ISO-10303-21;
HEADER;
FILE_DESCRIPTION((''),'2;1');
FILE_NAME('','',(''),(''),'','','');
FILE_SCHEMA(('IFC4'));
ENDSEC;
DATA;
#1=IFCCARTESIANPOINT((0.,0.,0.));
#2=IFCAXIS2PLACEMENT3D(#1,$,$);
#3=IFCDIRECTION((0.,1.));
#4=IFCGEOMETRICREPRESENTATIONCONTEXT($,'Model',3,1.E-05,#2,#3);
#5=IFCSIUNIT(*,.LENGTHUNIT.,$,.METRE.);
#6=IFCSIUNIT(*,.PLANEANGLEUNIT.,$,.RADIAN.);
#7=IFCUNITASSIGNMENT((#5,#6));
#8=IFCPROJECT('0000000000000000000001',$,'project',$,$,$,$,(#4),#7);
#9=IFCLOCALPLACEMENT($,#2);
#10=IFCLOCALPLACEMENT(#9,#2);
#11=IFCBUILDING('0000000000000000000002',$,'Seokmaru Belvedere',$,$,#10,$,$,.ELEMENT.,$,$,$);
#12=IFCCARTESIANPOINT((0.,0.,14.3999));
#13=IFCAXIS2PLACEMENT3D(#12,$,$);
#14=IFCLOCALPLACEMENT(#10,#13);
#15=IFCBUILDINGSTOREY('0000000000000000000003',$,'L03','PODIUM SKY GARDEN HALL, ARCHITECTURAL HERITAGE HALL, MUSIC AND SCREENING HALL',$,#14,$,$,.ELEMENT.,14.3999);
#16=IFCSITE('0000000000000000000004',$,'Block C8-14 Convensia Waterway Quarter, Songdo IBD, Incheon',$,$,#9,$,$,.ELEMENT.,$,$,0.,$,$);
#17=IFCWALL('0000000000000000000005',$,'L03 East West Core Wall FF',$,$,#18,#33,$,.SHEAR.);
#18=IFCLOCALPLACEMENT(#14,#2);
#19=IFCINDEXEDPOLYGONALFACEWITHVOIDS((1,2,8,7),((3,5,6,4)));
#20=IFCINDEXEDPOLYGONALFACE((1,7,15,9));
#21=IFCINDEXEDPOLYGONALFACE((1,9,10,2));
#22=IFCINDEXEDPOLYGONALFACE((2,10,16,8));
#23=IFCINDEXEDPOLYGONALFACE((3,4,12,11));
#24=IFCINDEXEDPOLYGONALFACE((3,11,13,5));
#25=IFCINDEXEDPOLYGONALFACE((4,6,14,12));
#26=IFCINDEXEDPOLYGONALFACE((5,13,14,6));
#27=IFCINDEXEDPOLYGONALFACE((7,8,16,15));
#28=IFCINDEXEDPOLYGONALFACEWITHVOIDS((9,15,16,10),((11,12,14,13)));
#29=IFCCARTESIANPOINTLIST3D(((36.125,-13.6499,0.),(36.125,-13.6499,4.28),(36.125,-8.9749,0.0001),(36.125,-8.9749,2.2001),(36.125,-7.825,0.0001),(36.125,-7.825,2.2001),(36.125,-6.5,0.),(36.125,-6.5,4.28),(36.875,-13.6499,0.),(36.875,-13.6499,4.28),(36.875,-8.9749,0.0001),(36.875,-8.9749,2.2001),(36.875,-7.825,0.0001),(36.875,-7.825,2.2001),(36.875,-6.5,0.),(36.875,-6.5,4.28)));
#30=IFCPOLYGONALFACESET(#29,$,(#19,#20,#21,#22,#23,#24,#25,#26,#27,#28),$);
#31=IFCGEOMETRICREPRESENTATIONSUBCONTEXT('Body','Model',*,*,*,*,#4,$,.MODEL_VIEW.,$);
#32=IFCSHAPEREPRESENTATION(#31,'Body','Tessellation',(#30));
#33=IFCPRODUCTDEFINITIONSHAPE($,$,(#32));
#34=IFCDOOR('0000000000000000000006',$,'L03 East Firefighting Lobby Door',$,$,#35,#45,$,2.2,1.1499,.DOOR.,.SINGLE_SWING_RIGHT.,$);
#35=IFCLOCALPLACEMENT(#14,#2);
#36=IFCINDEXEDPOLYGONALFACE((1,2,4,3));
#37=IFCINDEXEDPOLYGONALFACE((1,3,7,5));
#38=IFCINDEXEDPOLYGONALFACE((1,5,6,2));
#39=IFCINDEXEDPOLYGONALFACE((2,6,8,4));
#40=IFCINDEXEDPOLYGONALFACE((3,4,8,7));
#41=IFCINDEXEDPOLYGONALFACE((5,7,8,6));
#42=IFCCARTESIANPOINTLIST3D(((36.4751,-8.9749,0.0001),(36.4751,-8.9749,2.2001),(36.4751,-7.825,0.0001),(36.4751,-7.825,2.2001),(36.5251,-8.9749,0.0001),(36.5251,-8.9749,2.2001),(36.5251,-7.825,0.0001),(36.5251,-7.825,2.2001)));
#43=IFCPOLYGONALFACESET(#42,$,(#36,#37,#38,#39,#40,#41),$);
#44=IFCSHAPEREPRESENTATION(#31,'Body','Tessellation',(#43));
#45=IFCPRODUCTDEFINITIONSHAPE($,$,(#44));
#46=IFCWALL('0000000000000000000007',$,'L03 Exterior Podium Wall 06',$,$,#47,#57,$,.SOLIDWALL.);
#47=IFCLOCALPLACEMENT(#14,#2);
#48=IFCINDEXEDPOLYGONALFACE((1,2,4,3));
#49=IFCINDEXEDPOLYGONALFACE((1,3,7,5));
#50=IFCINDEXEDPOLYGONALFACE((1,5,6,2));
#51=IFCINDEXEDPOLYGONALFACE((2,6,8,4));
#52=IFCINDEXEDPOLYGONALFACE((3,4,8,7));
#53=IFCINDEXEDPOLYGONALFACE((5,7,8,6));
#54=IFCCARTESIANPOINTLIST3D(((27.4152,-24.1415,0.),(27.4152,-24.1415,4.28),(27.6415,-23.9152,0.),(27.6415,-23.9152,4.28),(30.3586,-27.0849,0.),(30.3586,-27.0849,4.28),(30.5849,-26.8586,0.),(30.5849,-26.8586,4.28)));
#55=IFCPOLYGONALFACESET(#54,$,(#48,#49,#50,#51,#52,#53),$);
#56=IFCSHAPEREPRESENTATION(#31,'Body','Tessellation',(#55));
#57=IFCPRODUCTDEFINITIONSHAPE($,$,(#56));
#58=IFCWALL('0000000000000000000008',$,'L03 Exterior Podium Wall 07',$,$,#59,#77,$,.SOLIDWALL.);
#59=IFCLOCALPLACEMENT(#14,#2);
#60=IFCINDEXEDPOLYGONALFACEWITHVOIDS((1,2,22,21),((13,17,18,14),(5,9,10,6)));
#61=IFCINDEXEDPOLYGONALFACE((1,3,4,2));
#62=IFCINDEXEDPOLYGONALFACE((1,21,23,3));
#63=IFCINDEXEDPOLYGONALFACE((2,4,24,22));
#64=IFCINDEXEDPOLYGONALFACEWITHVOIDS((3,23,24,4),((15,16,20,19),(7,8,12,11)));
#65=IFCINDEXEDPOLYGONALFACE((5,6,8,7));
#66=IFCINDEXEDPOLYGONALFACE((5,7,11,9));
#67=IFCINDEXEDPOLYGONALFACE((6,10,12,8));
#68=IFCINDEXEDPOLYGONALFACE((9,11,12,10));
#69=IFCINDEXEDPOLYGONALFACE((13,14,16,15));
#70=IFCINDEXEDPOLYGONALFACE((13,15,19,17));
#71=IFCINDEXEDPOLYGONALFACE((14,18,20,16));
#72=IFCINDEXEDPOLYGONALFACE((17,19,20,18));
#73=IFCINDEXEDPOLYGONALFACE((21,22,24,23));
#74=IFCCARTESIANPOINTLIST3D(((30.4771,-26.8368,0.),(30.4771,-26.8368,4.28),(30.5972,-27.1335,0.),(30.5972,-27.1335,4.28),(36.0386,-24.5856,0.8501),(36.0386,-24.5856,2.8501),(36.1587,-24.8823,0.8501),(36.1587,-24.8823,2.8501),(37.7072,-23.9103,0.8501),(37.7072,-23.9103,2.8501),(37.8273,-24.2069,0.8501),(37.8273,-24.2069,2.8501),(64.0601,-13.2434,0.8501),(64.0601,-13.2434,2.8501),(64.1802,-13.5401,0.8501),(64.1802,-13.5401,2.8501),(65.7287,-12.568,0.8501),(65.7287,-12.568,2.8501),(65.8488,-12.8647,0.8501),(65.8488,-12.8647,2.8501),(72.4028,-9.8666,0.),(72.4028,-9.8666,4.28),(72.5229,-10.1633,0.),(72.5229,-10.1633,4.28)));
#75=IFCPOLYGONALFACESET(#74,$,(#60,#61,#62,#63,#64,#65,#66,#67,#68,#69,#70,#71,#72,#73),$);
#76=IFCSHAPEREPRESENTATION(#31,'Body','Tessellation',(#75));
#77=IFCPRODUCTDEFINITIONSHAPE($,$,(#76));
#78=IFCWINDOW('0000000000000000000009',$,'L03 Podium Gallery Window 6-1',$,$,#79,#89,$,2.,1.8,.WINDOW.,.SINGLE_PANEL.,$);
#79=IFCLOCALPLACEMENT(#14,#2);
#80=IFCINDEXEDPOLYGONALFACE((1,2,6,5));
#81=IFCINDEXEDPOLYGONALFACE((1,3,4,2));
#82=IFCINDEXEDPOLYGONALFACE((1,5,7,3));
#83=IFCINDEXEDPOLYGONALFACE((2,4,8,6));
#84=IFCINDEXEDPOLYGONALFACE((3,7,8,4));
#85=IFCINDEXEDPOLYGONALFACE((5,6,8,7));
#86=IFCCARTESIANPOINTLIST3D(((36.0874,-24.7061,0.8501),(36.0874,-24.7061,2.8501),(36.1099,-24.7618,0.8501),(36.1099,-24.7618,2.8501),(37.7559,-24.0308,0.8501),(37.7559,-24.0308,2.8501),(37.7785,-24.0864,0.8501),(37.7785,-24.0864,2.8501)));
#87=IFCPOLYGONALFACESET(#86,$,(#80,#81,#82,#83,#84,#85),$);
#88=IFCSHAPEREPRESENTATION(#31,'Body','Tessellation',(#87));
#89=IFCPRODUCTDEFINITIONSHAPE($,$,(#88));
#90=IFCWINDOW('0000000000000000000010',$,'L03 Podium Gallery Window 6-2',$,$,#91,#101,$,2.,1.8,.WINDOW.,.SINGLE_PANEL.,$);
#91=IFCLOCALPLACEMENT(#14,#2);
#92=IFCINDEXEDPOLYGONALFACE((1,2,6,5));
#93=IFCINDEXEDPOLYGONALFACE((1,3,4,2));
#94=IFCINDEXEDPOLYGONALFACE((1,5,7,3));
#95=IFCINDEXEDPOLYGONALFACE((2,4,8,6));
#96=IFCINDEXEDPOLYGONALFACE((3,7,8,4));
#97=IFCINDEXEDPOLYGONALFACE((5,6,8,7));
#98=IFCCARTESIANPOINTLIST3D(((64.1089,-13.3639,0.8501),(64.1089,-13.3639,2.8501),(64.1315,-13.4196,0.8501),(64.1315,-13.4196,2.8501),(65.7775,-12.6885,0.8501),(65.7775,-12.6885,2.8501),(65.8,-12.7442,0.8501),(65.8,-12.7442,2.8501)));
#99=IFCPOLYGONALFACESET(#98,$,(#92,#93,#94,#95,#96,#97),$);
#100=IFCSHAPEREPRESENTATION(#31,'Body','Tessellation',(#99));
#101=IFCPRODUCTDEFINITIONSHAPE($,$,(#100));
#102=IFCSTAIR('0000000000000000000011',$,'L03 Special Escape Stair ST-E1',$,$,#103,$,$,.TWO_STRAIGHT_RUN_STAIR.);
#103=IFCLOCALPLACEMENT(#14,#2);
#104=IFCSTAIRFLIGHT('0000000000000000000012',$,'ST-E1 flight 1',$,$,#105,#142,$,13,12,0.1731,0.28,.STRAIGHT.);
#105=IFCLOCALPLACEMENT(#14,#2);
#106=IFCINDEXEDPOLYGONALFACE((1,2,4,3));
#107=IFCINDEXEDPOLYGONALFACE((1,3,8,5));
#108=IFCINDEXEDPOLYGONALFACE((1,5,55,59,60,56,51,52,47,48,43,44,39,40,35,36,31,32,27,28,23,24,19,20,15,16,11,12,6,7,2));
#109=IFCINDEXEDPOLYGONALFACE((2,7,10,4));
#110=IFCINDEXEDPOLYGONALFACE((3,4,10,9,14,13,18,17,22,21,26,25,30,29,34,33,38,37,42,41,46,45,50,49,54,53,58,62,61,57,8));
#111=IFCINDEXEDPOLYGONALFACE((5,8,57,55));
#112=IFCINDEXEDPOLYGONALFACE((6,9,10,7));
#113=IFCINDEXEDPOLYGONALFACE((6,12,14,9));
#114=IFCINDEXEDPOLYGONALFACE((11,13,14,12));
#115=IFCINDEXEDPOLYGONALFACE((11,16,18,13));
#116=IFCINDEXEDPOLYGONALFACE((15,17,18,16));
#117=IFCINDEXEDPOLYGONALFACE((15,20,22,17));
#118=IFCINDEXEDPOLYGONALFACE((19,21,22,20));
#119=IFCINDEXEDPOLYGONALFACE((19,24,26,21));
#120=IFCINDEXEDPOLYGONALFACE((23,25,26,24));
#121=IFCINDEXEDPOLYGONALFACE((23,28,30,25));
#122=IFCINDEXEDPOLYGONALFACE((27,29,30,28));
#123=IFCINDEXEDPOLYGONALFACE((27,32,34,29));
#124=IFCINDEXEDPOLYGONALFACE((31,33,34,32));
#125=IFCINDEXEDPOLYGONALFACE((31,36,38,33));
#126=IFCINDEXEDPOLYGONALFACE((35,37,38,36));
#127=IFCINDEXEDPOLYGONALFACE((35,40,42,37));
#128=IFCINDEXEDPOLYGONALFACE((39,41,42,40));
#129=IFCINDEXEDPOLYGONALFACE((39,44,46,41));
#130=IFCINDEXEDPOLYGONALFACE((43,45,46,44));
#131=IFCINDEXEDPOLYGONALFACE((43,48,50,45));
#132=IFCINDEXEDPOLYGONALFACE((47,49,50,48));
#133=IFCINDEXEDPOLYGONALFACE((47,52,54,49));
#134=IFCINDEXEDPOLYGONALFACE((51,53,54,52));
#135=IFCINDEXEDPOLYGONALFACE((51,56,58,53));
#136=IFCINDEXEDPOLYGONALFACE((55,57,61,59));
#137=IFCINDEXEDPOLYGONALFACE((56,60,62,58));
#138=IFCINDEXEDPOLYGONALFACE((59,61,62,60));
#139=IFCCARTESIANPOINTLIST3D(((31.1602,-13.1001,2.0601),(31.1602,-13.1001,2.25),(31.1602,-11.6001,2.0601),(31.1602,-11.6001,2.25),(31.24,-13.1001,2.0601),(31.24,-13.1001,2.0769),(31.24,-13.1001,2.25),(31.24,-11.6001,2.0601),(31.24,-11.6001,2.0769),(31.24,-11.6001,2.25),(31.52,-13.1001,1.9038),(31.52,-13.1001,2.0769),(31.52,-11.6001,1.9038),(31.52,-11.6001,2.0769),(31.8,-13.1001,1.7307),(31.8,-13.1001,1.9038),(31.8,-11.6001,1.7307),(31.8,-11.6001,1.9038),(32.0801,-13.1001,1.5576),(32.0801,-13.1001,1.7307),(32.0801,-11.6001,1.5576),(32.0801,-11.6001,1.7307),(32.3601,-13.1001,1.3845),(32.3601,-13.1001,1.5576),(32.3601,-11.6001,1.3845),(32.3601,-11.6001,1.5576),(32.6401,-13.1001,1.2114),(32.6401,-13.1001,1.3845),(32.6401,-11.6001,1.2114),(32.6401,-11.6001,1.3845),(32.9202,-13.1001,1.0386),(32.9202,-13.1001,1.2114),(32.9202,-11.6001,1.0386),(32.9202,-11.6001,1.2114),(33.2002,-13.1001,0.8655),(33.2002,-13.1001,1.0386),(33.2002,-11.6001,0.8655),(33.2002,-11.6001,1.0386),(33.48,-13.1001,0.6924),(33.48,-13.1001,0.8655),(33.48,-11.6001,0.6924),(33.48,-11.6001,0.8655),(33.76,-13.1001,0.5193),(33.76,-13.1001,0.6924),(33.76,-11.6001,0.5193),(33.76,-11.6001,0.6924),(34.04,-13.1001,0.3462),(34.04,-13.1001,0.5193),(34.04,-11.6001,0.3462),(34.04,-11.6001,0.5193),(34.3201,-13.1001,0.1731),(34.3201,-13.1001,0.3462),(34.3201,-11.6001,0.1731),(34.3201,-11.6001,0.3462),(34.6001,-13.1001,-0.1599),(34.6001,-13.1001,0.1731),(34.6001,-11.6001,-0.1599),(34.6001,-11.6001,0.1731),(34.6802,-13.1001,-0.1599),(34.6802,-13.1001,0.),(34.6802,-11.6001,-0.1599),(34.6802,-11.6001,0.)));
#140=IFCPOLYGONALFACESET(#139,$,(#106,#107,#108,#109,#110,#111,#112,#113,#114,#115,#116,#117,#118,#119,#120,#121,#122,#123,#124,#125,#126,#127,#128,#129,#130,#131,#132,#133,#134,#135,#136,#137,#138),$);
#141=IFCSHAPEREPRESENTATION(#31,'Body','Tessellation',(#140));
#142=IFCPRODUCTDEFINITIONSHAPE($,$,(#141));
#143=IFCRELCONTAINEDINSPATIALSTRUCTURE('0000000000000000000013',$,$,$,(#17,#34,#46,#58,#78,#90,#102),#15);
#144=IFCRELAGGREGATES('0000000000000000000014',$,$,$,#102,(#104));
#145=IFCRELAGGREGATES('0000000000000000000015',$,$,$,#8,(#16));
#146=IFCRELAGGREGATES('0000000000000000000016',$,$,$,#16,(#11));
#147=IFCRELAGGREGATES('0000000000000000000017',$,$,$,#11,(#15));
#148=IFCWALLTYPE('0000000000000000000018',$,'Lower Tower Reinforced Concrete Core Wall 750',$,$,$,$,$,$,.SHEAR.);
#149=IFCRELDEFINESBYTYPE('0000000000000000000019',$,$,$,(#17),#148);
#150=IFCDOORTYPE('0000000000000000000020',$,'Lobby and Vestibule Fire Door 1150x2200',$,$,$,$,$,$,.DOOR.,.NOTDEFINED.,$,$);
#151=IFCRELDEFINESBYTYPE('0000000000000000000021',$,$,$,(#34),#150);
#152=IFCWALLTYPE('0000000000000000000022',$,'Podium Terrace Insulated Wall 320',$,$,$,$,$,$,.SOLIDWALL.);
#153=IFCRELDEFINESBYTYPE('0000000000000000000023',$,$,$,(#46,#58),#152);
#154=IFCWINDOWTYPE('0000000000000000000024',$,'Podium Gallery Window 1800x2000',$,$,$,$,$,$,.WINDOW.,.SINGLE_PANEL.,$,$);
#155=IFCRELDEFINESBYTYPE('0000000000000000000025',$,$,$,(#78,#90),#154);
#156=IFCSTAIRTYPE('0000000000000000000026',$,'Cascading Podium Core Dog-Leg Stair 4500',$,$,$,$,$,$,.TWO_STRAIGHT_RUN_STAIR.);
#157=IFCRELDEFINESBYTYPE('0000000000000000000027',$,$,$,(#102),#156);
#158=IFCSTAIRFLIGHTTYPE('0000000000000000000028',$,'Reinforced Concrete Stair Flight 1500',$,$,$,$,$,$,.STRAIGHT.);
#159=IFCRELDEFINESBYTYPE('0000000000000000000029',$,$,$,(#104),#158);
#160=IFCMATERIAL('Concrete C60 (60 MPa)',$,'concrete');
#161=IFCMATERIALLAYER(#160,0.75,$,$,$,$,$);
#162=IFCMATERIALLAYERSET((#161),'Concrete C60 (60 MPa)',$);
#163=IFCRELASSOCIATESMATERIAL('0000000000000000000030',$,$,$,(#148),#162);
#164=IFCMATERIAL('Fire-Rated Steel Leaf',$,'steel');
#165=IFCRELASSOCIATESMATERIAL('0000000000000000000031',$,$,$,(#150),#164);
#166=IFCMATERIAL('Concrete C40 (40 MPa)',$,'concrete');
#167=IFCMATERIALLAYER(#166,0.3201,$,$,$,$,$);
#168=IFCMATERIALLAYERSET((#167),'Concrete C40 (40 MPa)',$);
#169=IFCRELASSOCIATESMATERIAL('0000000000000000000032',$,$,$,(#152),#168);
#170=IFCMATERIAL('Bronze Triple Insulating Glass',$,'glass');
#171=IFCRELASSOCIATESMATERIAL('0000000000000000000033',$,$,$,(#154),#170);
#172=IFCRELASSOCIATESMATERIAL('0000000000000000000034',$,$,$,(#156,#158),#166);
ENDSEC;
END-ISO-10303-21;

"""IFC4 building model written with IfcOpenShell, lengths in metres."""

from ifc_helpers import new_model, si_unit, direction, frame, frame_2d, origin, place, context, subcontext, project, spatial, polyline, rectangle, outline, extrude, source, transform, mapped, material, layer, layer_set, type_object, type_shapes, element, fill, aggregate, save


model = new_model("IFC4")

# Units and contexts
model_context = context("Model", 3, precision=1e-05, world=origin(), true_north=direction((0.0, 1.0)))
body_context = subcontext(model_context, "Body", "Model", "MODEL_VIEW")
ifc_project = project(units=[si_unit("LENGTHUNIT", "METRE"), si_unit("PLANEANGLEUNIT", "RADIAN")], contexts=[model_context])

# Site, building, storey
site_placement = place(None, origin())
site = spatial("IfcSite", under=ifc_project, at=site_placement, Name="Block C8-14 Convensia Waterway Quarter, Songdo IBD, Incheon", CompositionType="ELEMENT", RefElevation=0.0)
building_placement = place(site_placement, origin())
building = spatial("IfcBuilding", under=site, at=building_placement, Name="Seokmaru Belvedere", CompositionType="ELEMENT")
storey_placement = place(building_placement, frame((0.0, 0.0, 14.3999)))
storey = spatial("IfcBuildingStorey", under=building, at=storey_placement, Name="L03", Description="PODIUM SKY GARDEN HALL, ARCHITECTURAL HERITAGE HALL, MUSIC AND SCREENING HALL", CompositionType="ELEMENT", Elevation=14.3999)

# Wall, opening, door
ifc_material_1 = material(Name="Concrete C60 (60 MPa)", Category="concrete")
ifc_layer_1 = layer(ifc_material_1, 0.75)
ifc_layer_set_1 = layer_set([ifc_layer_1], Name="Concrete C60 (60 MPa)")
wall_type_1 = type_object("IfcWallType", Name="Lower Tower Reinforced Concrete Core Wall 750", PredefinedType="SHEAR", material=ifc_layer_set_1)
wall_1_placement = place(storey_placement, frame((36.5, -13.6499, 0.0), z_axis=(0.0, 0.0, 1.0), x_axis=(0.0, 1.0, 0.0)))
wall_1 = element("IfcWall", 1, at=wall_1_placement, inside=storey, type_object=wall_type_1, Name="L03 East West Core Wall FF", PredefinedType="SHEAR", context=body_context, shape_type="SweptSolid", body=[
    extrude(rectangle(XDim=7.1499, YDim=0.75, at=frame_2d((3.575, 0.0))), origin(), (0.0, 0.0, 1.0), 4.28),
])
opening_1_placement = place(wall_1_placement, frame((4.675, 0.0, 0.0)))
opening_1 = element("IfcOpeningElement", 2, at=opening_1_placement, cuts=wall_1, PredefinedType="OPENING", context=body_context, shape_type="SweptSolid", body=[
    extrude(rectangle(XDim=1.1499, YDim=2.2, at=frame_2d((0.575, 1.1001))), frame((0.0, 0.385, 0.0), z_axis=(0.0, -1.0, 0.0), x_axis=(1.0, 0.0, 0.0)), (0.0, 0.0, 1.0), 0.77),
])
ifc_material_2 = material(Name="Fire-Rated Steel Leaf", Category="steel")
door_type_1 = type_object("IfcDoorType", Name="Lobby and Vestibule Fire Door 1150x2200", OperationType="NOTDEFINED", PredefinedType="DOOR", material=ifc_material_2)
shared_shape_1 = source(origin(), body_context, "Body", "SweptSolid", [
    extrude(rectangle(XDim=1.1499, YDim=2.2, at=frame_2d((0.575, 1.1001))), frame((0.0, 0.0249, 0.0), z_axis=(0.0, -1.0, 0.0), x_axis=(1.0, 0.0, 0.0)), (0.0, 0.0, 1.0), 0.05),
])
type_shapes(door_type_1, [shared_shape_1])
door_1_placement = place(opening_1_placement, origin())
door_1 = element("IfcDoor", 3, at=door_1_placement, inside=storey, type_object=door_type_1, Name="L03 East Firefighting Lobby Door", OperationType="SINGLE_SWING_RIGHT", OverallHeight=2.2, OverallWidth=1.1499, PredefinedType="DOOR", context=body_context, shape_type="MappedRepresentation", body=[
    mapped(shared_shape_1, transform((0.0, 0.0, 0.0), scale=1.0)),
])
fill(opening_1, door_1)

# Wall
ifc_material_3 = material(Name="Concrete C40 (40 MPa)", Category="concrete")
ifc_layer_2 = layer(ifc_material_3, 0.3201)
ifc_layer_set_2 = layer_set([ifc_layer_2], Name="Concrete C40 (40 MPa)")
wall_type_2 = type_object("IfcWallType", Name="Podium Terrace Insulated Wall 320", PredefinedType="SOLIDWALL", material=ifc_layer_set_2)
wall_2_placement = place(storey_placement, frame((27.5283, -24.0283, 0.0), z_axis=(0.0, 0.0, 1.0), x_axis=(0.707107, -0.707107, 0.0)))
element("IfcWall", 4, at=wall_2_placement, inside=storey, type_object=wall_type_2, Name="L03 Exterior Podium Wall 06", PredefinedType="SOLIDWALL", context=body_context, shape_type="SweptSolid", body=[
    extrude(rectangle(XDim=4.1626, YDim=0.3201, at=frame_2d((2.0813, 0.0))), origin(), (0.0, 0.0, 1.0), 4.28),
])

# Wall, openings, windows
wall_3_placement = place(storey_placement, frame((30.5371, -26.9851, 0.0), z_axis=(0.0, 0.0, 1.0), x_axis=(0.926945, 0.375198, 0.0)))
wall_3 = element("IfcWall", 5, at=wall_3_placement, inside=storey, type_object=wall_type_2, Name="L03 Exterior Podium Wall 07", PredefinedType="SOLIDWALL", context=body_context, shape_type="SweptSolid", body=[
    extrude(rectangle(XDim=45.23, YDim=0.3201, at=frame_2d((22.615, 0.0))), origin(), (0.0, 0.0, 1.0), 4.28),
])
opening_2_placement = place(wall_3_placement, frame((6.0, 0.0, 0.8501)))
opening_2 = element("IfcOpeningElement", 6, at=opening_2_placement, cuts=wall_3, PredefinedType="OPENING", context=body_context, shape_type="SweptSolid", body=[
    extrude(rectangle(XDim=1.8, YDim=2.0, at=frame_2d((0.8999, 1.0))), frame((0.0, 0.1699, 0.0), z_axis=(0.0, -1.0, 0.0), x_axis=(1.0, 0.0, 0.0)), (0.0, 0.0, 1.0), 0.3401),
])
opening_3_placement = place(wall_3_placement, frame((36.23, 0.0, 0.8501)))
opening_3 = element("IfcOpeningElement", 7, at=opening_3_placement, cuts=wall_3, PredefinedType="OPENING", context=body_context, shape_type="SweptSolid", body=[
    extrude(rectangle(XDim=1.8, YDim=2.0, at=frame_2d((0.8999, 1.0))), frame((0.0, 0.1699, 0.0), z_axis=(0.0, -1.0, 0.0), x_axis=(1.0, 0.0, 0.0)), (0.0, 0.0, 1.0), 0.3401),
])
ifc_material_4 = material(Name="Bronze Triple Insulating Glass", Category="glass")
window_type = type_object("IfcWindowType", Name="Podium Gallery Window 1800x2000", PartitioningType="SINGLE_PANEL", PredefinedType="WINDOW", material=ifc_material_4)
shared_shape_2 = source(origin(), body_context, "Body", "SweptSolid", [
    extrude(rectangle(XDim=1.8, YDim=2.0, at=frame_2d((0.8999, 1.0))), frame((0.0, 0.03, 0.0), z_axis=(0.0, -1.0, 0.0), x_axis=(1.0, 0.0, 0.0)), (0.0, 0.0, 1.0), 0.0601),
])
type_shapes(window_type, [shared_shape_2])
window_1_placement = place(opening_2_placement, origin())
window_1 = element("IfcWindow", 8, at=window_1_placement, inside=storey, type_object=window_type, Name="L03 Podium Gallery Window 6-1", OverallHeight=2.0, OverallWidth=1.8, PartitioningType="SINGLE_PANEL", PredefinedType="WINDOW", context=body_context, shape_type="MappedRepresentation", body=[
    mapped(shared_shape_2, transform((0.0, 0.0, 0.0), scale=1.0)),
])
fill(opening_2, window_1)
window_2_placement = place(opening_3_placement, origin())
window_2 = element("IfcWindow", 9, at=window_2_placement, inside=storey, type_object=window_type, Name="L03 Podium Gallery Window 6-2", OverallHeight=2.0, OverallWidth=1.8, PartitioningType="SINGLE_PANEL", PredefinedType="WINDOW", context=body_context, shape_type="MappedRepresentation", body=[
    mapped(shared_shape_2, transform((0.0, 0.0, 0.0), scale=1.0)),
])
fill(opening_3, window_2)

# Stair, stair flight
stair_type = type_object("IfcStairType", Name="Cascading Podium Core Dog-Leg Stair 4500", PredefinedType="TWO_STRAIGHT_RUN_STAIR", material=ifc_material_3)
stair_placement = place(storey_placement, origin())
stair = element("IfcStair", 10, at=stair_placement, inside=storey, type_object=stair_type, Name="L03 Special Escape Stair ST-E1", PredefinedType="TWO_STRAIGHT_RUN_STAIR")
stair_flight_type = type_object("IfcStairFlightType", Name="Reinforced Concrete Stair Flight 1500", PredefinedType="STRAIGHT", material=ifc_material_3)
stair_flight_1_placement = place(storey_placement, frame((34.6001, -12.3501, 0.0), z_axis=(0.0, 0.0, 1.0), x_axis=(-1.0, 0.0, 0.0)))
stair_flight_1 = element("IfcStairFlight", 11, at=stair_flight_1_placement, type_object=stair_flight_type, Name="ST-E1 flight 1", NumberOfRisers=13, NumberOfTreads=12, PredefinedType="STRAIGHT", RiserHeight=0.1731, TreadLength=0.28, context=body_context, shape_type="SweptSolid", body=[
    extrude(outline(polyline([(-0.0801, 0.0), (0.0, 0.1731), (0.28, 0.1731), (0.28, 0.3462), (0.5601, 0.3462), (0.5601, 0.5193), (0.8401, 0.5193), (0.8401, 0.6924), (1.1201, 0.6924), (1.1201, 0.8655), (1.3999, 0.8655), (1.3999, 1.0386), (1.6799, 1.0386), (1.6799, 1.2114), (1.96, 1.2114), (1.96, 1.3845), (2.24, 1.3845), (2.24, 1.5576), (2.52, 1.5576), (2.52, 1.7307), (2.8, 1.7307), (2.8, 1.9038), (3.0801, 1.9038), (3.0801, 2.0769), (3.3601, 2.0769), (3.3601, 2.25), (3.4399, 2.25), (3.4399, 2.0601), (3.3601, 2.0601), (0.0, -0.1599), (-0.0801, -0.1599), (-0.0801, 0.0)])), frame((0.0, 0.75, 0.0), z_axis=(0.0, -1.0, 0.0), x_axis=(1.0, 0.0, 0.0)), (0.0, 0.0, 1.0), 1.5),
])
aggregate(stair, [stair_flight_1])

save(model, "model.ifc")
